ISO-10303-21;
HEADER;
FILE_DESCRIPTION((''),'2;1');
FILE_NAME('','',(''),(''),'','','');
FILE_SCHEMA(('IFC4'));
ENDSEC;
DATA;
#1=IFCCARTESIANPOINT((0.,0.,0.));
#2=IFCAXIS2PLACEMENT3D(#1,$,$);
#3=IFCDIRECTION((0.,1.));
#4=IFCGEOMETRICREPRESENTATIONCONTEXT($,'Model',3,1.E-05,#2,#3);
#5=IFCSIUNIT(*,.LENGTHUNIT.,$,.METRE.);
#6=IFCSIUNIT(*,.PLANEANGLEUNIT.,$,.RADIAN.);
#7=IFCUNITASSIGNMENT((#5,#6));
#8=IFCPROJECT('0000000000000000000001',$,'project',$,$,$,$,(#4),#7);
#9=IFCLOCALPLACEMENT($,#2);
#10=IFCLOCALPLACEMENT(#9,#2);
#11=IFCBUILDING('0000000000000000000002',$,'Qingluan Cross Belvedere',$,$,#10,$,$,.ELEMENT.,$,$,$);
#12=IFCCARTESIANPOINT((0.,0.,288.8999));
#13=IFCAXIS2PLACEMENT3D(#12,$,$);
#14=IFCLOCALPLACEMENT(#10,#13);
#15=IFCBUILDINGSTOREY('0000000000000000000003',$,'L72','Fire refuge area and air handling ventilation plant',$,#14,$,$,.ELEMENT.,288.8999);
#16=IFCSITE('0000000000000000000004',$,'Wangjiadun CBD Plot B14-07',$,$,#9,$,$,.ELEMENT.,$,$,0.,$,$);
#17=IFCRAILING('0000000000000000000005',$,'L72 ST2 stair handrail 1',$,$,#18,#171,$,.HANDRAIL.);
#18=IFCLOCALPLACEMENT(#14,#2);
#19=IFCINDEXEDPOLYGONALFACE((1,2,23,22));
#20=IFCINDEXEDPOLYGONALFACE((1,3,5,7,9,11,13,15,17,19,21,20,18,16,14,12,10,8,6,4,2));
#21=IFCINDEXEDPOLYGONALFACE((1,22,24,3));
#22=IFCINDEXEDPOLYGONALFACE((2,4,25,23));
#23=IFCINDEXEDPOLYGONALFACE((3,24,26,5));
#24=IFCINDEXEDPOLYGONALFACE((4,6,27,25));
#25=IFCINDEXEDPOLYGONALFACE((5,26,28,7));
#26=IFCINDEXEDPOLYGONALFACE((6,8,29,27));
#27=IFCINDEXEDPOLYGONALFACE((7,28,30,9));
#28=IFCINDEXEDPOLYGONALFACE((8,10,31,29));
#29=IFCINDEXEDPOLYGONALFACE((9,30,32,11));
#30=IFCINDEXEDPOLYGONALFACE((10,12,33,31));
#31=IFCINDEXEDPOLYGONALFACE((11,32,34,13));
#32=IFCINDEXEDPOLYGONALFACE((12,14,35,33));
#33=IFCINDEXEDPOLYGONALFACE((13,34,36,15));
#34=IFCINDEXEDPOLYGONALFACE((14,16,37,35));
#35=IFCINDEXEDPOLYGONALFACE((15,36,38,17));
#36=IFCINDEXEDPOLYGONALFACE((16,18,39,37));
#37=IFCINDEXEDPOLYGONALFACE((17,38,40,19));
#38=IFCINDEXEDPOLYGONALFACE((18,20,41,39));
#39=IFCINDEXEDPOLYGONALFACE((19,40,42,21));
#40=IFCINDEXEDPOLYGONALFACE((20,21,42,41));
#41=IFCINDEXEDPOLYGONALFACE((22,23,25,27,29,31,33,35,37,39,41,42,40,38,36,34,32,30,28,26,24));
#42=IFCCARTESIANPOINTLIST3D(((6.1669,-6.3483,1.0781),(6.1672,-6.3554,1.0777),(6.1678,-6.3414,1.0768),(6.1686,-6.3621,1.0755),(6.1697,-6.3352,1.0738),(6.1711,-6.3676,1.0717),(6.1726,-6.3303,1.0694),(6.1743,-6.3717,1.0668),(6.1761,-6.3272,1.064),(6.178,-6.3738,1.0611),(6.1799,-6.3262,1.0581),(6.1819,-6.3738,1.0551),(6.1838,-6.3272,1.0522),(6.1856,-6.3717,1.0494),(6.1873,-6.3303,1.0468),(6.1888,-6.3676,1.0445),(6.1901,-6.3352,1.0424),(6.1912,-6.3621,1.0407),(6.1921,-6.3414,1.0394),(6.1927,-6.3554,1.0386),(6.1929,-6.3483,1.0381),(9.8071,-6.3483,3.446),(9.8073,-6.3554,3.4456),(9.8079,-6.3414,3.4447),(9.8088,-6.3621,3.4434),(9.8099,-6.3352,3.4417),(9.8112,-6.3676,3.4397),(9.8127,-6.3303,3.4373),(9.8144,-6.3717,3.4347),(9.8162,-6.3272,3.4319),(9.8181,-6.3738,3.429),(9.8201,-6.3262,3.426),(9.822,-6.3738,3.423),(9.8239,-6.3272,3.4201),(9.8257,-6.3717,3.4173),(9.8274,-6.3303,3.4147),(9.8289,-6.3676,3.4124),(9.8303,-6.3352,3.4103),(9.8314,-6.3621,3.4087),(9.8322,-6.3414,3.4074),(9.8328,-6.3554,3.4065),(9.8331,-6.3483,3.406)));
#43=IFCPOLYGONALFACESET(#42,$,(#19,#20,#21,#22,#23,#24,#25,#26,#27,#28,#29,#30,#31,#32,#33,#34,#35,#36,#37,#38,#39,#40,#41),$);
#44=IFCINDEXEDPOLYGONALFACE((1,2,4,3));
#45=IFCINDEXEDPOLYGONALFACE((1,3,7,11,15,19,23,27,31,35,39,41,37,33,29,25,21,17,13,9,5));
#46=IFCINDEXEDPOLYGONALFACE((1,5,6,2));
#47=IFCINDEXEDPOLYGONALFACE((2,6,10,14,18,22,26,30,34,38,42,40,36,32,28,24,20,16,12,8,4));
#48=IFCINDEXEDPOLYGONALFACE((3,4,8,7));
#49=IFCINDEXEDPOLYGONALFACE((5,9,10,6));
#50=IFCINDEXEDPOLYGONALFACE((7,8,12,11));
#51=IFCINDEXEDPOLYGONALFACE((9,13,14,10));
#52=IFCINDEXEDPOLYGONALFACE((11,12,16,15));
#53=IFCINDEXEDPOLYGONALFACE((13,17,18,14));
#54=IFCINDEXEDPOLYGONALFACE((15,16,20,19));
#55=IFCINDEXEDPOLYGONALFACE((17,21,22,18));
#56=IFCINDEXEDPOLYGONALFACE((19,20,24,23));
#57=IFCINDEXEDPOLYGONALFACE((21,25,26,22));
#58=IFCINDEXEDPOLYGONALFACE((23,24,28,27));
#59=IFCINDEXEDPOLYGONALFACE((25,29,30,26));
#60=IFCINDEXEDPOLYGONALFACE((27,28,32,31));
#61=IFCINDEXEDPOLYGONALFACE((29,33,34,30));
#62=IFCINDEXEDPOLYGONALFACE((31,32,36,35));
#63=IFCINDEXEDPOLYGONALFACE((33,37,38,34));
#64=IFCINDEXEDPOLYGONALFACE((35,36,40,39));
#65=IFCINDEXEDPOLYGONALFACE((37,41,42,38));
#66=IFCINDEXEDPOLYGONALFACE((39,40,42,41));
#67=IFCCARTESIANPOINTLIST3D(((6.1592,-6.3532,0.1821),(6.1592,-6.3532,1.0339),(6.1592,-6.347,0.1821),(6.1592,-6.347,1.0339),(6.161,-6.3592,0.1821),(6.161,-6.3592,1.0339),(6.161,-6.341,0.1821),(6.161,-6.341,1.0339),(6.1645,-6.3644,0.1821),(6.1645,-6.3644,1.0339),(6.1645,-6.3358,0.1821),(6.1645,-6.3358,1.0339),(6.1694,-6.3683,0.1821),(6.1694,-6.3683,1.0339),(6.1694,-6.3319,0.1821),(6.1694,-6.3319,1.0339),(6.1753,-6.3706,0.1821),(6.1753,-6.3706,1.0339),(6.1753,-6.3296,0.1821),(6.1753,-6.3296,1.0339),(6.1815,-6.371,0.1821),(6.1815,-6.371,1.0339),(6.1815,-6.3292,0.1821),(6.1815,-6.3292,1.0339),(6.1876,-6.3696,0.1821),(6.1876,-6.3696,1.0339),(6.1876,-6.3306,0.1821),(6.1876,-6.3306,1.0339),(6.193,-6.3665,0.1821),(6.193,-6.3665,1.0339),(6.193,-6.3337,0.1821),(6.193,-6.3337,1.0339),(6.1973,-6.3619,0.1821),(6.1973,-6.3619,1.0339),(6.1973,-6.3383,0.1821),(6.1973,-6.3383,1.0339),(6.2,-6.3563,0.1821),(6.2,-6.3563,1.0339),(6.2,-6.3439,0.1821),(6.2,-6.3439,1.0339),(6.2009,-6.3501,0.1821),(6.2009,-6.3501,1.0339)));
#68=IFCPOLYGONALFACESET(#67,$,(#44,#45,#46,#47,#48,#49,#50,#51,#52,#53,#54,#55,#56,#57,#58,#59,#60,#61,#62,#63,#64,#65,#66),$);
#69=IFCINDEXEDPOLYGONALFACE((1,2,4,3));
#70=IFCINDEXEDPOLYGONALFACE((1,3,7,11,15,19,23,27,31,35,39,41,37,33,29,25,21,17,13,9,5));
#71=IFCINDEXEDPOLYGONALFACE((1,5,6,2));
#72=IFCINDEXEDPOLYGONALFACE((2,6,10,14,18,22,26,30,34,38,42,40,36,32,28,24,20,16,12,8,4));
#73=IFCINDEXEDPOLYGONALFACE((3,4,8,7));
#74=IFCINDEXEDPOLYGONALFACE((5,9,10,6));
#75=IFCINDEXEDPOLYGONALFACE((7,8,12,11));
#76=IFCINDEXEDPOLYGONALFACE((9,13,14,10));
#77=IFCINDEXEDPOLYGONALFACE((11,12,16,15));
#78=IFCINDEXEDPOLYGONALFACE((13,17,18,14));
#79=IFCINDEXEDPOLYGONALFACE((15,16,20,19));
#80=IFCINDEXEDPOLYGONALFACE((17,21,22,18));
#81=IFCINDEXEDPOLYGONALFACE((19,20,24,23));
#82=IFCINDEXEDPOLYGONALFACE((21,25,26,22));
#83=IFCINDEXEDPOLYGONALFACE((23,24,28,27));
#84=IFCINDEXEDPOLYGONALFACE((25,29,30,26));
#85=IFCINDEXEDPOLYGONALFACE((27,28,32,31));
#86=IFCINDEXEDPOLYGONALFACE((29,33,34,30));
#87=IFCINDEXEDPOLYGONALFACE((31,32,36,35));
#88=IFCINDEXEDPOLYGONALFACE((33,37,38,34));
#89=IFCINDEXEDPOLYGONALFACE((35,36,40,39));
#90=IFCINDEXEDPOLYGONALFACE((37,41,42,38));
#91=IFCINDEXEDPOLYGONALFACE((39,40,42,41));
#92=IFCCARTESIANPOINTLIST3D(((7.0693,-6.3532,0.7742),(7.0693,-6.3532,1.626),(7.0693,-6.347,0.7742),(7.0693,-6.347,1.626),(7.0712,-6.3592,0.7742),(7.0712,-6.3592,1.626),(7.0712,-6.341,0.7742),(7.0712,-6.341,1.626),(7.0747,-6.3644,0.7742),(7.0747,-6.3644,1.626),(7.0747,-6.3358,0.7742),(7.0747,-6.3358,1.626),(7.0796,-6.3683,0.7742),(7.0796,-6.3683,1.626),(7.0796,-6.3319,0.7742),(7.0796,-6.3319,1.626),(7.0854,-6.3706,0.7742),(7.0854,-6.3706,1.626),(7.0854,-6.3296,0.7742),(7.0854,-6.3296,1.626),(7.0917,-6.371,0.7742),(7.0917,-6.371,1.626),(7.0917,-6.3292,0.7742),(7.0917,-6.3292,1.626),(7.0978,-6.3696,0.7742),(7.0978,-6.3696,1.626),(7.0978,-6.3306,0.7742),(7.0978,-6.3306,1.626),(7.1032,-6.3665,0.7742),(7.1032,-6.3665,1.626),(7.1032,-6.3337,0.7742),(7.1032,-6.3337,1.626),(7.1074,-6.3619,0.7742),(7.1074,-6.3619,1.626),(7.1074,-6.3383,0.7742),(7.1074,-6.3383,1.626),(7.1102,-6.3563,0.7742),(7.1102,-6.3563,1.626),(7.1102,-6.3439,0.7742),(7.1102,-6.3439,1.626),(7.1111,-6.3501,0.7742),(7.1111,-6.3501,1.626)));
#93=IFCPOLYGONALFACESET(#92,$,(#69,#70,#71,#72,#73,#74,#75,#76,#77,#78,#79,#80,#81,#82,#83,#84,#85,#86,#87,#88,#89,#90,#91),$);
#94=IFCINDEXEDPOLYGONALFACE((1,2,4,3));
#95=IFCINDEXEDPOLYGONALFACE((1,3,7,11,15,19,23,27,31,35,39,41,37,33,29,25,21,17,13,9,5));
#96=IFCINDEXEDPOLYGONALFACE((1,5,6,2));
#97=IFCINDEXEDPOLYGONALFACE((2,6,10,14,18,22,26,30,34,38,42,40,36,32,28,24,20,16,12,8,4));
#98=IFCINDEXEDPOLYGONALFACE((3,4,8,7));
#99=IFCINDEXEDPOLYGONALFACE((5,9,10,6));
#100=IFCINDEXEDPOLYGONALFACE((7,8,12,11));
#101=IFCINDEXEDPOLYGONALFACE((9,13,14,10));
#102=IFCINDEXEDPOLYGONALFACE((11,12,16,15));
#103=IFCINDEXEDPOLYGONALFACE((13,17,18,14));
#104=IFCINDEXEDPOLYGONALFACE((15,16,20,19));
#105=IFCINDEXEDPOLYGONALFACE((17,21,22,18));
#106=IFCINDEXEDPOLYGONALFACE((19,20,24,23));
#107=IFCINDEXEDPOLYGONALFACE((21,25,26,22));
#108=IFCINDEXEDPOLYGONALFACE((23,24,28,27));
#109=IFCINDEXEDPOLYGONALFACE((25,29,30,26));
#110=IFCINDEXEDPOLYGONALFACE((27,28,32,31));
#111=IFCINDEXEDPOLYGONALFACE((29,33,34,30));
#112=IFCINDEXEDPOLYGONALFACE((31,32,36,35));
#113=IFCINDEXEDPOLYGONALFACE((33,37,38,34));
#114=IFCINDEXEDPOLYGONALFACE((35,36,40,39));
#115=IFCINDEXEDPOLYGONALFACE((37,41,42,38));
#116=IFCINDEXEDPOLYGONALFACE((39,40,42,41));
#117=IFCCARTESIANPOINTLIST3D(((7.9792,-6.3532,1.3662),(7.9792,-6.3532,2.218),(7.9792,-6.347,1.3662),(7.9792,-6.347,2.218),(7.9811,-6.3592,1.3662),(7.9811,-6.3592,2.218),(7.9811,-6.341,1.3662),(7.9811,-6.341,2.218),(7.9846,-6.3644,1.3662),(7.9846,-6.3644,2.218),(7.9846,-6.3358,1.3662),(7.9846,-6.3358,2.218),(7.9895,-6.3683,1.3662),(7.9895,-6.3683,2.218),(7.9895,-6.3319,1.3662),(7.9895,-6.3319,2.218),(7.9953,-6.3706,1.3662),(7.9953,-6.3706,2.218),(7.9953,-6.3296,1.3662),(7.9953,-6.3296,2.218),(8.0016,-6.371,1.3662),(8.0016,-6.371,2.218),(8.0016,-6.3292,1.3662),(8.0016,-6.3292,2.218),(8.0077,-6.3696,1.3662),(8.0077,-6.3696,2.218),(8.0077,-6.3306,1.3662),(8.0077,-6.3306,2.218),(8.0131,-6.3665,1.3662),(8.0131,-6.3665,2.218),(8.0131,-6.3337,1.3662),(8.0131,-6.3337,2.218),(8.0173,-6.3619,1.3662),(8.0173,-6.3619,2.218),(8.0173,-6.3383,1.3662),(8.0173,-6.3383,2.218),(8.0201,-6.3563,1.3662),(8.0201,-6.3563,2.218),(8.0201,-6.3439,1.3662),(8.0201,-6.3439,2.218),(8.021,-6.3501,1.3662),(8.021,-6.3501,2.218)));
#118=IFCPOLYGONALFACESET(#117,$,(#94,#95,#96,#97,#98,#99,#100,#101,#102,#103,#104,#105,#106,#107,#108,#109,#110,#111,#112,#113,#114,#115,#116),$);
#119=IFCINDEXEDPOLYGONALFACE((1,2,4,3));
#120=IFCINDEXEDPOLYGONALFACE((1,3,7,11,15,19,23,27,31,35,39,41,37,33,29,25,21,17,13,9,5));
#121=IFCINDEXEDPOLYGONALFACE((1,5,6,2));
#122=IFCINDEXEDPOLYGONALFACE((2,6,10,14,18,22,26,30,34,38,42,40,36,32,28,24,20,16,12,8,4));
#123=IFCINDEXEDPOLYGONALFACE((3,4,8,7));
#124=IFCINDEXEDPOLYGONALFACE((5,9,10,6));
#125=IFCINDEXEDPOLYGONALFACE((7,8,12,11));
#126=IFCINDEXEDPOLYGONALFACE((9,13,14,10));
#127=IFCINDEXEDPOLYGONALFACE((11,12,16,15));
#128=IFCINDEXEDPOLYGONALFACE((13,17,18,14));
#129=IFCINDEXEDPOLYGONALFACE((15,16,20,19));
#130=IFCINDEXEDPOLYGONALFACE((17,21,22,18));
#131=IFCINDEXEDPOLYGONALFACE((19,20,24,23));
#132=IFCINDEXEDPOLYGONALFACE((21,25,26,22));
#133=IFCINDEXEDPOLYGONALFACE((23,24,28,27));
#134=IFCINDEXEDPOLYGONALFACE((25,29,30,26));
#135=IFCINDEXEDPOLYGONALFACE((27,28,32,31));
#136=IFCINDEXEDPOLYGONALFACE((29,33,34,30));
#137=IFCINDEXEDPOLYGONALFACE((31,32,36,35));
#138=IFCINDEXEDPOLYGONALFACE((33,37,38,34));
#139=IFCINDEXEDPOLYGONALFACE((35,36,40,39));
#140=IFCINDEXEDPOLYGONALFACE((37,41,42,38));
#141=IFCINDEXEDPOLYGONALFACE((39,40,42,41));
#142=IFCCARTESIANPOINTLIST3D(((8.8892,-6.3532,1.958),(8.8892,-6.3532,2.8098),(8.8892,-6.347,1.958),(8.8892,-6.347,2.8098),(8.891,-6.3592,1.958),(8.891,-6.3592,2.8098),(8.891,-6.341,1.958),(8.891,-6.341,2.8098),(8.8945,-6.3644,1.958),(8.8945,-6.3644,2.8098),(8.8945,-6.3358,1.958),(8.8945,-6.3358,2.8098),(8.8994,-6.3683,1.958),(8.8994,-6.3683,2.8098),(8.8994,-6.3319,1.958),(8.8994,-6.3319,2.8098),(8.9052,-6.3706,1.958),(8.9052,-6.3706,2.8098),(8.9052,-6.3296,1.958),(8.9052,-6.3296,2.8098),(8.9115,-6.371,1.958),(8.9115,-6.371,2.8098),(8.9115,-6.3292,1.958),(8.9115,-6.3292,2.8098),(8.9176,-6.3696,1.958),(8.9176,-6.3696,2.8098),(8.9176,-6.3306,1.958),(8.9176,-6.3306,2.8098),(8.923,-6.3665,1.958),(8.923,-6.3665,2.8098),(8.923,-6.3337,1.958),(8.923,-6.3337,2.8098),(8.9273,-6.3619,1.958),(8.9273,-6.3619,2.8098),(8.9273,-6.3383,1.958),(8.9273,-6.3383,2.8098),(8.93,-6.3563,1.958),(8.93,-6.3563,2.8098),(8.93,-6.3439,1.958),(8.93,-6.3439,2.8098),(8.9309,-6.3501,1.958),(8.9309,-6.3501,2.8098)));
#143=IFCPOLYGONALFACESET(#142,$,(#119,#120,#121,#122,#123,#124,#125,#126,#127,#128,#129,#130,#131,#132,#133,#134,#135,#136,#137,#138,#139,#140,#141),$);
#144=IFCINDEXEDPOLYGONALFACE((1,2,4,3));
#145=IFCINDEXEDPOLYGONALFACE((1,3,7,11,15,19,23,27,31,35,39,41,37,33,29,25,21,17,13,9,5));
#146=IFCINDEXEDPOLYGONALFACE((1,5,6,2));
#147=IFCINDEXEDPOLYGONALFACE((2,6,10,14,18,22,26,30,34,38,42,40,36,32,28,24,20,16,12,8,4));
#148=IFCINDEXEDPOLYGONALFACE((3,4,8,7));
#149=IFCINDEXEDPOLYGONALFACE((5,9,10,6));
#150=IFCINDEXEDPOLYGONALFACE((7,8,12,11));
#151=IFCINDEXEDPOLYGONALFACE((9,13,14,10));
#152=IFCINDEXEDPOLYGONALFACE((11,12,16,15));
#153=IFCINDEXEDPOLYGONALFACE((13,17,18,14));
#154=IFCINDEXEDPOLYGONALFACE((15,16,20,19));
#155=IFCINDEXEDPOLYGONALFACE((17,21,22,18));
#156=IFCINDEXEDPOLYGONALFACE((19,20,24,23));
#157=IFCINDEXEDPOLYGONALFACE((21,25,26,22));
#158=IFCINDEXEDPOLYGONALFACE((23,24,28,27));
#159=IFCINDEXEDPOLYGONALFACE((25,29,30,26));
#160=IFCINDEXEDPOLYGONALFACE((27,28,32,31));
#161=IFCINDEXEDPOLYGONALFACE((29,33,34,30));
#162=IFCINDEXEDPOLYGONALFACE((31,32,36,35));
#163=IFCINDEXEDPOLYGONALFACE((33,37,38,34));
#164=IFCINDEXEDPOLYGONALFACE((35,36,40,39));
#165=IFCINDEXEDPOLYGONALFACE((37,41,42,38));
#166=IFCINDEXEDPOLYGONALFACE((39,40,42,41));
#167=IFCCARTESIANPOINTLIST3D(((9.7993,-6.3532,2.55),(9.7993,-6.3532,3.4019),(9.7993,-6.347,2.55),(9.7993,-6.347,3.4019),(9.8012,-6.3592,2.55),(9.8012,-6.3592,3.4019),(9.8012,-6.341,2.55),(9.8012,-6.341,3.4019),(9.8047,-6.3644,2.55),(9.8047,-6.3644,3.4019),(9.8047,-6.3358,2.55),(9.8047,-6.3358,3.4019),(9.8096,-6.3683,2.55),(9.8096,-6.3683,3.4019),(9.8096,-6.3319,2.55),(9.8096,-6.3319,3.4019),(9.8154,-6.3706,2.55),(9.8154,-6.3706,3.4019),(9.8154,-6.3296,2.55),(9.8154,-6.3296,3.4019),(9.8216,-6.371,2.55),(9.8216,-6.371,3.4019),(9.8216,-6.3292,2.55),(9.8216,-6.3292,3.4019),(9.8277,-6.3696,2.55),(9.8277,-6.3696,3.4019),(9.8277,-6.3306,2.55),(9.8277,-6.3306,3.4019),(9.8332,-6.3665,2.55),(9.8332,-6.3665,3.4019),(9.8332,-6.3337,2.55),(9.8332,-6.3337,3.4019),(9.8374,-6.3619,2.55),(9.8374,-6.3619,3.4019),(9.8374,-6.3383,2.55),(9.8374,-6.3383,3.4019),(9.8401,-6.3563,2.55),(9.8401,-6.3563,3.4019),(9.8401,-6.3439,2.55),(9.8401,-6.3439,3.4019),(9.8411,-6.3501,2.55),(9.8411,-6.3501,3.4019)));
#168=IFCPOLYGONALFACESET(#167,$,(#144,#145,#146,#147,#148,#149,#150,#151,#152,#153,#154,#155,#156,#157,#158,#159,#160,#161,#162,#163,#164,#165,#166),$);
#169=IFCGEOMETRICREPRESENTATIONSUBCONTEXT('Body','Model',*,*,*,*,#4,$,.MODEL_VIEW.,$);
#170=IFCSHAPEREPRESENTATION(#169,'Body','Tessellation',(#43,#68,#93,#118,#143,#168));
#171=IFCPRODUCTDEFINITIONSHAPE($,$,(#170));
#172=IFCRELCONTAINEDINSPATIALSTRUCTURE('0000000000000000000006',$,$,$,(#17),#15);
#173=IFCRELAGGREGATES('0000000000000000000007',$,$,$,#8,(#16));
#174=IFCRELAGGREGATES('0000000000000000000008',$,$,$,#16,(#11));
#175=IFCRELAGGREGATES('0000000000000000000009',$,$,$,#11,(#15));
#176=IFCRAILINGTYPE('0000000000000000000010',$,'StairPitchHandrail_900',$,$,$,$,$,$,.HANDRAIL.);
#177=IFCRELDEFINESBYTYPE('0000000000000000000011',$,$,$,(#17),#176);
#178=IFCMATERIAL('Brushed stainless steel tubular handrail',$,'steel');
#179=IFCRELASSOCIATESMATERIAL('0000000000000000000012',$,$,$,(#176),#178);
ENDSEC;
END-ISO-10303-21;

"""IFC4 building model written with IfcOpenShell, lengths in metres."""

from ifc_helpers import new_model, si_unit, direction, frame, origin, origin_2d, place, context, subcontext, project, spatial, circle, extrude, material, type_object, element, save


model = new_model("IFC4")

# Units and contexts
model_context = context("Model", 3, precision=1e-05, world=origin(), true_north=direction((0.0, 1.0)))
body_context = subcontext(model_context, "Body", "Model", "MODEL_VIEW")
ifc_project = project(units=[si_unit("LENGTHUNIT", "METRE"), si_unit("PLANEANGLEUNIT", "RADIAN")], contexts=[model_context])

# Site, building, storey
site_placement = place(None, origin())
site = spatial("IfcSite", under=ifc_project, at=site_placement, Name="Wangjiadun CBD Plot B14-07", CompositionType="ELEMENT", RefElevation=0.0)
building_placement = place(site_placement, origin())
building = spatial("IfcBuilding", under=site, at=building_placement, Name="Qingluan Cross Belvedere", CompositionType="ELEMENT")
storey_placement = place(building_placement, frame((0.0, 0.0, 288.8999)))
storey = spatial("IfcBuildingStorey", under=building, at=storey_placement, Name="L72", Description="Fire refuge area and air handling ventilation plant", CompositionType="ELEMENT", Elevation=288.8999)

# Railing
ifc_material_1 = material(Name="Brushed stainless steel tubular handrail", Category="steel")
railing_type_1 = type_object("IfcRailingType", Name="StairPitchHandrail_900", PredefinedType="HANDRAIL", material=ifc_material_1)
railing_1_placement = place(storey_placement, frame((6.1799, -6.3501, 0.1821)))
element("IfcRailing", 1, at=railing_1_placement, inside=storey, type_object=railing_type_1, Name="L72 ST2 stair handrail 1", PredefinedType="HANDRAIL", context=body_context, shape_type="SweptSolid", body=[
    extrude(circle(Radius=0.0239, at=origin_2d()), frame((0.0, 0.0, 0.876), z_axis=(0.838251, 0.0, 0.545285), x_axis=(0.0, 1.0, 0.0)), (0.0, 0.0, 1.0), 4.3425),
    extrude(circle(Radius=0.021, at=origin_2d()), origin(), (0.0, 0.0, 1.0), 0.8518),
    extrude(circle(Radius=0.021, at=origin_2d()), frame((0.9102, 0.0, 0.592)), (0.0, 0.0, 1.0), 0.8518),
    extrude(circle(Radius=0.021, at=origin_2d()), frame((1.8201, 0.0, 1.1841)), (0.0, 0.0, 1.0), 0.8518),
    extrude(circle(Radius=0.021, at=origin_2d()), frame((2.73, 0.0, 1.7759)), (0.0, 0.0, 1.0), 0.8518),
    extrude(circle(Radius=0.021, at=origin_2d()), frame((3.6401, 0.0, 2.3679)), (0.0, 0.0, 1.0), 0.8518),
])

save(model, "model.ifc")
